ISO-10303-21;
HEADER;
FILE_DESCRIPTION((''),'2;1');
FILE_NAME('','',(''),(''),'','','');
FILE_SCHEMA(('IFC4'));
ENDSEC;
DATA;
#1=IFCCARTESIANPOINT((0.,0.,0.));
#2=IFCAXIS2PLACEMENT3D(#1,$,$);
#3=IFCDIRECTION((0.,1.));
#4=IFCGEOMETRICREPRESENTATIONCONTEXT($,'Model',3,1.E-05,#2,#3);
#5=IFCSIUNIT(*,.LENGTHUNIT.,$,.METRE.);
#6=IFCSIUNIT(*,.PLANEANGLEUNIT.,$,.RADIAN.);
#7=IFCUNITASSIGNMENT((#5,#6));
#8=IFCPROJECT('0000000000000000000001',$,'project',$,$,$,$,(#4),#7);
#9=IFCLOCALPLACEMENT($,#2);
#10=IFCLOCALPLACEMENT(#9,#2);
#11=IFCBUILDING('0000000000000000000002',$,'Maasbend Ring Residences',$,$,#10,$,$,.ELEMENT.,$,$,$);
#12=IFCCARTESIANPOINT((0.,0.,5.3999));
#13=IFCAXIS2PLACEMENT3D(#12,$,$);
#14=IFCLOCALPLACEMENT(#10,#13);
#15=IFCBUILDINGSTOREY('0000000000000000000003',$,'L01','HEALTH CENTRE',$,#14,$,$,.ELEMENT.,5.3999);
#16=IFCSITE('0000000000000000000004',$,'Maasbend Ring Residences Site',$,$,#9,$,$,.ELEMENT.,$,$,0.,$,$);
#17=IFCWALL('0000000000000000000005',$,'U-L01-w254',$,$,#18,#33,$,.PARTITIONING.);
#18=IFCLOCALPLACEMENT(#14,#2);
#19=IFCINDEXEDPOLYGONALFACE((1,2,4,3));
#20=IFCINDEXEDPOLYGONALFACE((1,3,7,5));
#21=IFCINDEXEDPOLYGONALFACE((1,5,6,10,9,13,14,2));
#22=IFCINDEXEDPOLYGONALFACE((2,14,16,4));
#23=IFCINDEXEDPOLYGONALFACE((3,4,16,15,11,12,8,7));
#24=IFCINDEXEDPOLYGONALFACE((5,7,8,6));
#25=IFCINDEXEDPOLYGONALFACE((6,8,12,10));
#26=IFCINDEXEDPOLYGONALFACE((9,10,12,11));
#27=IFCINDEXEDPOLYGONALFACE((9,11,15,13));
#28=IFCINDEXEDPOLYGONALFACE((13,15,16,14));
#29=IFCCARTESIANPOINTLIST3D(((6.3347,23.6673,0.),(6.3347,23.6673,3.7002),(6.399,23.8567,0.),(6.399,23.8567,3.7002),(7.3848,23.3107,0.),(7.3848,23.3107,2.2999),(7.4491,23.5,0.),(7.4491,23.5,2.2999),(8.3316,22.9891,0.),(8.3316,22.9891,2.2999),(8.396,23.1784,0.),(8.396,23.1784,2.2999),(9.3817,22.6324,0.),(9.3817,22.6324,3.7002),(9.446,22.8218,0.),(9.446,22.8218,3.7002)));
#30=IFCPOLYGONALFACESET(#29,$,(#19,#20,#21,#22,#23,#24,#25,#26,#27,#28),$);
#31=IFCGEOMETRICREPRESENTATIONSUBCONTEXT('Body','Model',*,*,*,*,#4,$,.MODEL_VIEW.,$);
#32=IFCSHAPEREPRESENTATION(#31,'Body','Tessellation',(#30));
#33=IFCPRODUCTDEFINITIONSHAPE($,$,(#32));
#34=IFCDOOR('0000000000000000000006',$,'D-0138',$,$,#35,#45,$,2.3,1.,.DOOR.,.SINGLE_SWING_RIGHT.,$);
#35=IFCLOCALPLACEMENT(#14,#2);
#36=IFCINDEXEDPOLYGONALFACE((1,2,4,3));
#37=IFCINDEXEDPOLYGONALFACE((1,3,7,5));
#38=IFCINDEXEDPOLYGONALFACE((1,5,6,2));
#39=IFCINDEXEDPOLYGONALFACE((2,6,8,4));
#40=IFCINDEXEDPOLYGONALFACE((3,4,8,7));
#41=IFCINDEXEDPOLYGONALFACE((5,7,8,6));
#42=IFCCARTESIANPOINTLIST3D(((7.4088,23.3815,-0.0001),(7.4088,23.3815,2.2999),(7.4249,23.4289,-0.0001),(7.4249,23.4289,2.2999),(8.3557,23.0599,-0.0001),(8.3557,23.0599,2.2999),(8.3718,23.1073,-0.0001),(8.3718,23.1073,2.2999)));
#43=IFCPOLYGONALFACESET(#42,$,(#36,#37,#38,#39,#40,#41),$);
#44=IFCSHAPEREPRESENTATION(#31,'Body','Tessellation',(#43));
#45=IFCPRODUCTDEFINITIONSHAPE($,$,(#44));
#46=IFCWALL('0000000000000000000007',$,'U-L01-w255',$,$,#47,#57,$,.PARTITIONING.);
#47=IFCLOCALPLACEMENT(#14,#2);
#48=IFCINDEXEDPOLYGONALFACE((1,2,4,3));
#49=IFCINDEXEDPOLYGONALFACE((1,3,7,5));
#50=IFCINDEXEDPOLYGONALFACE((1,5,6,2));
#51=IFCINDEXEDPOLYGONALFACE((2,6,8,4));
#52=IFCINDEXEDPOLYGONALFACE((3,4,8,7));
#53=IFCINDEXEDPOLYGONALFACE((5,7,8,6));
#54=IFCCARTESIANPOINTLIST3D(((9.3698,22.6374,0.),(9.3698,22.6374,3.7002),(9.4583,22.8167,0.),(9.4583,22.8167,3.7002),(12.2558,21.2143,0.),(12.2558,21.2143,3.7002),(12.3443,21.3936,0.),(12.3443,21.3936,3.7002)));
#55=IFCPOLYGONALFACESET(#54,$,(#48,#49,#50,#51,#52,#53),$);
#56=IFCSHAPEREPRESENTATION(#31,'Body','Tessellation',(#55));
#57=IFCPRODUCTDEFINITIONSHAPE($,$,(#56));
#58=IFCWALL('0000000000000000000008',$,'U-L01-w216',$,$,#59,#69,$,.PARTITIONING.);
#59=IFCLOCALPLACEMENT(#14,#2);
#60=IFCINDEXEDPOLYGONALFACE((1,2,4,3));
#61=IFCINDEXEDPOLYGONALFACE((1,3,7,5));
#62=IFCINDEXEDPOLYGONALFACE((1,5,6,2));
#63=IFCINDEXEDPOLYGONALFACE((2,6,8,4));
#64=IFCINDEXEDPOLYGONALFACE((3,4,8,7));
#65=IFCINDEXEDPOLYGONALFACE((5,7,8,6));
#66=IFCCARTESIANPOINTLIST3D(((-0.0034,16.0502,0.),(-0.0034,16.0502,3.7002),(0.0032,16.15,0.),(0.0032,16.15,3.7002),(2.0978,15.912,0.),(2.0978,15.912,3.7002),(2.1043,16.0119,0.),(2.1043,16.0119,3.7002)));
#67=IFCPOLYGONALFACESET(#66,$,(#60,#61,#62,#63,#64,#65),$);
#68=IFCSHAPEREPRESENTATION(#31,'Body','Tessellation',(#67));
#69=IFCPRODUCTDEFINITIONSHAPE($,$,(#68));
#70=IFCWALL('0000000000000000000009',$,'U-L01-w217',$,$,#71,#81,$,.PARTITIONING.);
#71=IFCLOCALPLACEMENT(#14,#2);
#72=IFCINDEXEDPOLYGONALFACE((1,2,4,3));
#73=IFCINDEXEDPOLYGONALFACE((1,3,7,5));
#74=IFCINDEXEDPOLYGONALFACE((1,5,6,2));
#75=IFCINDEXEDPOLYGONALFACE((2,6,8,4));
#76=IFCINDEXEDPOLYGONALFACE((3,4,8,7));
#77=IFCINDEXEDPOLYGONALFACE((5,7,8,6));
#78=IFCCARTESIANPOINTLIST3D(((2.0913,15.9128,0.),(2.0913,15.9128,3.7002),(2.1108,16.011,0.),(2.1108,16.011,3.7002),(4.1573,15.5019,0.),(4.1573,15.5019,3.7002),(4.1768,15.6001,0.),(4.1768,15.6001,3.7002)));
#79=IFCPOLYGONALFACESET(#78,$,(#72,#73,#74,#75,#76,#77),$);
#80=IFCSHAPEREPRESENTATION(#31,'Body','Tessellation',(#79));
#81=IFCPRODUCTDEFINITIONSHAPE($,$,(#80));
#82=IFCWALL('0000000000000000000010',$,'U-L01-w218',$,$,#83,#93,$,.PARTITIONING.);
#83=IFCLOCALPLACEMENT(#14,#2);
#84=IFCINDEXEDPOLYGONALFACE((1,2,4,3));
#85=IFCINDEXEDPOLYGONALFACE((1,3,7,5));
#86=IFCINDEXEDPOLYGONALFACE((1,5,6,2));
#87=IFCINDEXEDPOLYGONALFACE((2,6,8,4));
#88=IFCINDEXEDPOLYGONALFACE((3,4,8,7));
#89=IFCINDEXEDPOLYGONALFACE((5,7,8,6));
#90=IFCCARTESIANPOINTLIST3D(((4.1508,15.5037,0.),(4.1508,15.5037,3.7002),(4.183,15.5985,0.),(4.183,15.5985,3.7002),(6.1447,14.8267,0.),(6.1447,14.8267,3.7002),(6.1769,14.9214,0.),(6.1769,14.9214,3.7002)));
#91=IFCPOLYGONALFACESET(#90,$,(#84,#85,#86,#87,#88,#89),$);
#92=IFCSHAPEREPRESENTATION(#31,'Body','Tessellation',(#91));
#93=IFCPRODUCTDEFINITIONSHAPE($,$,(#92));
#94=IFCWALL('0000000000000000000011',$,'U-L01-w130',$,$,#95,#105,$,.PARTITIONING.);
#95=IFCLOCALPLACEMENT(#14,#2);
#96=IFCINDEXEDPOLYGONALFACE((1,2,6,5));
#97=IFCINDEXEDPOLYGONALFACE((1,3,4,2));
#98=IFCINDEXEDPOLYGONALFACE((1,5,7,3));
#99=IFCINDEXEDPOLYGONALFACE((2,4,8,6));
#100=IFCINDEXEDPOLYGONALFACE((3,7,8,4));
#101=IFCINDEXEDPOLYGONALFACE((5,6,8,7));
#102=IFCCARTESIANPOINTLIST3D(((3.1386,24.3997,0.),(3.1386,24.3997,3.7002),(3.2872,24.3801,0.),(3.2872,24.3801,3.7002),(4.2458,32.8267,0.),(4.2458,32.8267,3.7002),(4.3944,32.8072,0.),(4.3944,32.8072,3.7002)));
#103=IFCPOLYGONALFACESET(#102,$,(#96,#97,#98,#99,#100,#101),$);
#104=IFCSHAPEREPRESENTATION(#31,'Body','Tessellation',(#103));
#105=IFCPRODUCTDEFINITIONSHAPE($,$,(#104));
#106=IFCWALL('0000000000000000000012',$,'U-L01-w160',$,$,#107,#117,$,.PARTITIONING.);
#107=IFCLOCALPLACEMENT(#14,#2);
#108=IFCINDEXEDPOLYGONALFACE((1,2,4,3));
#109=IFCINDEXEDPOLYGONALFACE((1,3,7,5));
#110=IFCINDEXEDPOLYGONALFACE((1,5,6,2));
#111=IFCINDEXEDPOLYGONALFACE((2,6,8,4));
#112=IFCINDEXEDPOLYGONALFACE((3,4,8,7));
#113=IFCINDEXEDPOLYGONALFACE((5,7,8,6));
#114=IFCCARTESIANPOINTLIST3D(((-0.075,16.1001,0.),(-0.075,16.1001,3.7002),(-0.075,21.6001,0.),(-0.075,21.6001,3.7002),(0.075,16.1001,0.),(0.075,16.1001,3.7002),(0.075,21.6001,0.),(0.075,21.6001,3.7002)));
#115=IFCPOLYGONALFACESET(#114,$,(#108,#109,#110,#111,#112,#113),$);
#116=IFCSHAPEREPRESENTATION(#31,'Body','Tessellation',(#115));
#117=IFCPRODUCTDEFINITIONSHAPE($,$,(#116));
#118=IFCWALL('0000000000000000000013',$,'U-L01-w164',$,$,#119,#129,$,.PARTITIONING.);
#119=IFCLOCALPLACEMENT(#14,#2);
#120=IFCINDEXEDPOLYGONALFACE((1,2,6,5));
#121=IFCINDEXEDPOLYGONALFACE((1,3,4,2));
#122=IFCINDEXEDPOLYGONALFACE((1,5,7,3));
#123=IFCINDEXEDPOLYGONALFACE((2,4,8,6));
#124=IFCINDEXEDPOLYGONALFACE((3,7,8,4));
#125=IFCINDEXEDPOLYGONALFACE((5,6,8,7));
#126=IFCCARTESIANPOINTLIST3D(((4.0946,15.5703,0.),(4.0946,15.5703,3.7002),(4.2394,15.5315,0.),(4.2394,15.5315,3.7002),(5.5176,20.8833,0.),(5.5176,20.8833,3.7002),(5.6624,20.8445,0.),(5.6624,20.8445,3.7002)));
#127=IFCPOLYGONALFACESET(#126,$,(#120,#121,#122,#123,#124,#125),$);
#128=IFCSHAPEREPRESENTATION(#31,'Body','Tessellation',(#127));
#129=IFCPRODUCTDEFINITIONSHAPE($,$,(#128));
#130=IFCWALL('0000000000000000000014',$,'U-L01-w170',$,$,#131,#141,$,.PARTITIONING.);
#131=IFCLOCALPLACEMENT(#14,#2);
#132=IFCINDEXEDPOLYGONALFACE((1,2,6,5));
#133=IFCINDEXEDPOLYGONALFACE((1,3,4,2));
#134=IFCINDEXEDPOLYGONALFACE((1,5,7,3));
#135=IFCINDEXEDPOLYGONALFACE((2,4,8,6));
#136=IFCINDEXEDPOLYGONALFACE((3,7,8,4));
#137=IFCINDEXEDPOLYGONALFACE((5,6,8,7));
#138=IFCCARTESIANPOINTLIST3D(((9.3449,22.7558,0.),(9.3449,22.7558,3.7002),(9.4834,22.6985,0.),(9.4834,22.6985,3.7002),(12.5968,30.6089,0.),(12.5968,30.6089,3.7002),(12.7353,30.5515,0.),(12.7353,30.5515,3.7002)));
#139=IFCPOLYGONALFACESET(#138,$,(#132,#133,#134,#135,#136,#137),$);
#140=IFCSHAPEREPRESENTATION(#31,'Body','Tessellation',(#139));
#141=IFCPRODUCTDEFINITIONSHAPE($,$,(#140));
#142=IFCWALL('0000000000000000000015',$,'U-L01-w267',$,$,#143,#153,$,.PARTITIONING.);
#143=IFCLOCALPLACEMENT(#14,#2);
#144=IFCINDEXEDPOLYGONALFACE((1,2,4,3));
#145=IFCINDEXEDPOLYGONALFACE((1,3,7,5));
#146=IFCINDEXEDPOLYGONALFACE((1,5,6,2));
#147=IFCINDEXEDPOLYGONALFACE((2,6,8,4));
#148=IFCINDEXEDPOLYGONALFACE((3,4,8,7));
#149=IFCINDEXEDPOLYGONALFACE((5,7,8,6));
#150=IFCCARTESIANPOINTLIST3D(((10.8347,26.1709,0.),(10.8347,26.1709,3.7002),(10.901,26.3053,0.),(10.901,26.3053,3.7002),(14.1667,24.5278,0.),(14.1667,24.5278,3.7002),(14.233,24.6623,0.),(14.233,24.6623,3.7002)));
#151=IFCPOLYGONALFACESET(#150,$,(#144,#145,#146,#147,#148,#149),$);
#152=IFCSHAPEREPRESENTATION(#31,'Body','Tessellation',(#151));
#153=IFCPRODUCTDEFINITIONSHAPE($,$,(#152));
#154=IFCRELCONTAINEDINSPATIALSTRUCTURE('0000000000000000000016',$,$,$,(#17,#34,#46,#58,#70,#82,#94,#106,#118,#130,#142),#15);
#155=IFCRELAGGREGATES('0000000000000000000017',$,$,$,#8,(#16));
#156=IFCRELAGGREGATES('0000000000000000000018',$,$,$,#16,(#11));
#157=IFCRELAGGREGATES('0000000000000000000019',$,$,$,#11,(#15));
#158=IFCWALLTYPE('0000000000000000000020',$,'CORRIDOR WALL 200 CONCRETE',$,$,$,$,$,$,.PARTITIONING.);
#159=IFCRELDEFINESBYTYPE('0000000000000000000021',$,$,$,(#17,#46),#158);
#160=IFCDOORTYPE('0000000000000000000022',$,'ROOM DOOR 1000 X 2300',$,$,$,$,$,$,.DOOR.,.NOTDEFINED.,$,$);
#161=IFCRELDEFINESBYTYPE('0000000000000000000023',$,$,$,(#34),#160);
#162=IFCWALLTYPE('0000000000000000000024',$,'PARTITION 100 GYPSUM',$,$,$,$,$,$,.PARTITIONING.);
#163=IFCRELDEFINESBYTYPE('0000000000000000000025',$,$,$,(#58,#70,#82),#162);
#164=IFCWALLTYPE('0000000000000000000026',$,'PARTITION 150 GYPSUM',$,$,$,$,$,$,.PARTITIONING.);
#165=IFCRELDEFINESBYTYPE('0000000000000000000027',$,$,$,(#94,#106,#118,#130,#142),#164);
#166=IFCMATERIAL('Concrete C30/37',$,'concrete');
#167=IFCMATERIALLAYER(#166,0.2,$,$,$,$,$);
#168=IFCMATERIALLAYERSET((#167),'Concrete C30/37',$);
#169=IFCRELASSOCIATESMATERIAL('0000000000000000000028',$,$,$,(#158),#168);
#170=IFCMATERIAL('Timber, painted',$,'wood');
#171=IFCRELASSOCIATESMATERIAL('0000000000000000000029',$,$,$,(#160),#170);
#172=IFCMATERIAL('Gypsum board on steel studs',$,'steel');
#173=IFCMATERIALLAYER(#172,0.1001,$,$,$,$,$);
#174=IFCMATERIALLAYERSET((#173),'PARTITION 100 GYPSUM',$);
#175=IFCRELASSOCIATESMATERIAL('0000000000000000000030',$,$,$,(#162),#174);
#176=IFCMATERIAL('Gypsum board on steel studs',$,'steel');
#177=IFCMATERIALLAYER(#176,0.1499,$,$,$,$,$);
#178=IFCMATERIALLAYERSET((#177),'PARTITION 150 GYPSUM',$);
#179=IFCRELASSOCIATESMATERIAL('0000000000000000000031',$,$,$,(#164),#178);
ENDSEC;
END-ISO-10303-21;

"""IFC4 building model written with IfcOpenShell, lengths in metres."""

from ifc_helpers import new_model, si_unit, direction, frame, frame_2d, origin, place, context, subcontext, project, spatial, rectangle, extrude, material, layer, layer_set, type_object, element, fill, save


model = new_model("IFC4")

# Units and contexts
model_context = context("Model", 3, precision=1e-05, world=origin(), true_north=direction((0.0, 1.0)))
body_context = subcontext(model_context, "Body", "Model", "MODEL_VIEW")
ifc_project = project(units=[si_unit("LENGTHUNIT", "METRE"), si_unit("PLANEANGLEUNIT", "RADIAN")], contexts=[model_context])

# Site, building, storey
site_placement = place(None, origin())
site = spatial("IfcSite", under=ifc_project, at=site_placement, Name="Maasbend Ring Residences Site", CompositionType="ELEMENT", RefElevation=0.0)
building_placement = place(site_placement, origin())
building = spatial("IfcBuilding", under=site, at=building_placement, Name="Maasbend Ring Residences", CompositionType="ELEMENT")
storey_placement = place(building_placement, frame((0.0, 0.0, 5.3999)))
storey = spatial("IfcBuildingStorey", under=building, at=storey_placement, Name="L01", Description="HEALTH CENTRE", CompositionType="ELEMENT", Elevation=5.3999)

# Shared definitions
ifc_material_1 = material(Name="Concrete C30/37", Category="concrete")
ifc_layer_1 = layer(ifc_material_1, 0.2)
ifc_layer_set_1 = layer_set([ifc_layer_1], Name="Concrete C30/37")
wall_type_1 = type_object("IfcWallType", Name="CORRIDOR WALL 200 CONCRETE", PredefinedType="PARTITIONING", material=ifc_layer_set_1)

# Shared definitions
ifc_material_2 = material(Name="Timber, painted", Category="wood")
door_type = type_object("IfcDoorType", Name="ROOM DOOR 1000 X 2300", OperationType="NOTDEFINED", PredefinedType="DOOR", material=ifc_material_2)

# Wall, opening, door
wall_1_placement = place(storey_placement, frame((6.3669, 23.762, 0.0), z_axis=(0.0, 0.0, 1.0), x_axis=(0.946878, -0.321594, 0.0)))
wall_1 = element("IfcWall", 1, at=wall_1_placement, inside=storey, type_object=wall_type_1, Name="U-L01-w254", PredefinedType="PARTITIONING", context=body_context, shape_type="SweptSolid", body=[
    extrude(rectangle(XDim=3.218, YDim=0.2, at=frame_2d((1.6089, 0.0))), origin(), (0.0, 0.0, 1.0), 3.7002),
])
opening_1_placement = place(wall_1_placement, frame((1.1089, 0.0, 0.0)))
opening_1 = element("IfcOpeningElement", 2, at=opening_1_placement, cuts=wall_1, PredefinedType="OPENING", context=body_context, shape_type="SweptSolid", body=[
    extrude(rectangle(XDim=1.0, YDim=2.3, at=frame_2d((0.5, 1.1499))), frame((0.0, 0.1099, 0.0), z_axis=(0.0, -1.0, 0.0), x_axis=(1.0, 0.0, 0.0)), (0.0, 0.0, 1.0), 0.22),
])
door_1_placement = place(opening_1_placement, origin())
door_1 = element("IfcDoor", 3, at=door_1_placement, inside=storey, type_object=door_type, Name="D-0138", OperationType="SINGLE_SWING_RIGHT", OverallHeight=2.3, OverallWidth=1.0, PredefinedType="DOOR", context=body_context, shape_type="SweptSolid", body=[
    extrude(rectangle(XDim=1.0, YDim=2.3, at=frame_2d((0.5, 1.1499))), frame((0.0, 0.0249, 0.0), z_axis=(0.0, -1.0, 0.0), x_axis=(1.0, 0.0, 0.0)), (0.0, 0.0, 1.0), 0.05),
])
fill(opening_1, door_1)

# Walls
wall_2_placement = place(storey_placement, frame((9.4141, 22.7271, 0.0), z_axis=(0.0, 0.0, 1.0), x_axis=(0.896887, -0.44226, 0.0)))
element("IfcWall", 4, at=wall_2_placement, inside=storey, type_object=wall_type_1, Name="U-L01-w255", PredefinedType="PARTITIONING", context=body_context, shape_type="SweptSolid", body=[
    extrude(rectangle(XDim=3.2178, YDim=0.2, at=frame_2d((1.6089, 0.0))), origin(), (0.0, 0.0, 1.0), 3.7002),
])
ifc_material_3 = material(Name="Gypsum board on steel studs", Category="steel")
ifc_layer_2 = layer(ifc_material_3, 0.1001)
ifc_layer_set_2 = layer_set([ifc_layer_2], Name="PARTITION 100 GYPSUM")
wall_type_2 = type_object("IfcWallType", Name="PARTITION 100 GYPSUM", PredefinedType="PARTITIONING", material=ifc_layer_set_2)
wall_3_placement = place(storey_placement, frame((0.0, 16.1001, 0.0), z_axis=(0.0, 0.0, 1.0), x_axis=(0.997844, -0.065626, 0.0)))
element("IfcWall", 5, at=wall_3_placement, inside=storey, type_object=wall_type_2, Name="U-L01-w216", PredefinedType="PARTITIONING", context=body_context, shape_type="SweptSolid", body=[
    extrude(rectangle(XDim=2.1057, YDim=0.1001, at=frame_2d((1.0527, 0.0))), origin(), (0.0, 0.0, 1.0), 3.7002),
])
wall_4_placement = place(storey_placement, frame((2.1011, 15.9619, 0.0), z_axis=(0.0, 0.0, 1.0), x_axis=(0.98079, -0.195068, 0.0)))
element("IfcWall", 6, at=wall_4_placement, inside=storey, type_object=wall_type_2, Name="U-L01-w217", PredefinedType="PARTITIONING", context=body_context, shape_type="SweptSolid", body=[
    extrude(rectangle(XDim=2.1064, YDim=0.1001, at=frame_2d((1.0532, 0.0))), origin(), (0.0, 0.0, 1.0), 3.7002),
])
wall_5_placement = place(storey_placement, frame((4.167, 15.551, 0.0), z_axis=(0.0, 0.0, 1.0), x_axis=(0.946906, -0.32151, 0.0)))
element("IfcWall", 7, at=wall_5_placement, inside=storey, type_object=wall_type_2, Name="U-L01-w218", PredefinedType="PARTITIONING", context=body_context, shape_type="SweptSolid", body=[
    extrude(rectangle(XDim=2.1057, YDim=0.1001, at=frame_2d((1.0527, 0.0))), origin(), (0.0, 0.0, 1.0), 3.7002),
])
ifc_material_4 = material(Name="Gypsum board on steel studs", Category="steel")
ifc_layer_3 = layer(ifc_material_4, 0.1499)
ifc_layer_set_3 = layer_set([ifc_layer_3], Name="PARTITION 150 GYPSUM")
wall_type_3 = type_object("IfcWallType", Name="PARTITION 150 GYPSUM", PredefinedType="PARTITIONING", material=ifc_layer_set_3)
wall_6_placement = place(storey_placement, frame((3.2129, 24.3899, 0.0), z_axis=(0.0, 0.0, 1.0), x_axis=(0.130265, 0.991479, 0.0)))
element("IfcWall", 8, at=wall_6_placement, inside=storey, type_object=wall_type_3, Name="U-L01-w130", PredefinedType="PARTITIONING", context=body_context, shape_type="SweptSolid", body=[
    extrude(rectangle(XDim=8.4995, YDim=0.1499, at=frame_2d((4.2498, 0.0))), origin(), (0.0, 0.0, 1.0), 3.7002),
])
wall_7_placement = place(storey_placement, frame((0.0, 16.1001, 0.0), z_axis=(0.0, 0.0, 1.0), x_axis=(0.0, 1.0, 0.0)))
element("IfcWall", 9, at=wall_7_placement, inside=storey, type_object=wall_type_3, Name="U-L01-w160", PredefinedType="PARTITIONING", context=body_context, shape_type="SweptSolid", body=[
    extrude(rectangle(XDim=5.5, YDim=0.1499, at=frame_2d((2.75, 0.0))), origin(), (0.0, 0.0, 1.0), 3.7002),
])
wall_8_placement = place(storey_placement, frame((4.167, 15.551, 0.0), z_axis=(0.0, 0.0, 1.0), x_axis=(0.258732, 0.965949, 0.0)))
element("IfcWall", 10, at=wall_8_placement, inside=storey, type_object=wall_type_3, Name="U-L01-w164", PredefinedType="PARTITIONING", context=body_context, shape_type="SweptSolid", body=[
    extrude(rectangle(XDim=5.5002, YDim=0.1499, at=frame_2d((2.75, 0.0))), origin(), (0.0, 0.0, 1.0), 3.7002),
])
wall_9_placement = place(storey_placement, frame((9.4141, 22.7271, 0.0), z_axis=(0.0, 0.0, 1.0), x_axis=(0.382595, 0.923916, 0.0)))
element("IfcWall", 11, at=wall_9_placement, inside=storey, type_object=wall_type_3, Name="U-L01-w170", PredefinedType="PARTITIONING", context=body_context, shape_type="SweptSolid", body=[
    extrude(rectangle(XDim=8.4998, YDim=0.1499, at=frame_2d((4.25, 0.0))), origin(), (0.0, 0.0, 1.0), 3.7002),
])
wall_10_placement = place(storey_placement, frame((10.8679, 26.238, 0.0), z_axis=(0.0, 0.0, 1.0), x_axis=(0.896884, -0.442265, 0.0)))
element("IfcWall", 12, at=wall_10_placement, inside=storey, type_object=wall_type_3, Name="U-L01-w267", PredefinedType="PARTITIONING", context=body_context, shape_type="SweptSolid", body=[
    extrude(rectangle(XDim=3.7151, YDim=0.1499, at=frame_2d((1.8574, 0.0))), origin(), (0.0, 0.0, 1.0), 3.7002),
])

save(model, "model.ifc")
